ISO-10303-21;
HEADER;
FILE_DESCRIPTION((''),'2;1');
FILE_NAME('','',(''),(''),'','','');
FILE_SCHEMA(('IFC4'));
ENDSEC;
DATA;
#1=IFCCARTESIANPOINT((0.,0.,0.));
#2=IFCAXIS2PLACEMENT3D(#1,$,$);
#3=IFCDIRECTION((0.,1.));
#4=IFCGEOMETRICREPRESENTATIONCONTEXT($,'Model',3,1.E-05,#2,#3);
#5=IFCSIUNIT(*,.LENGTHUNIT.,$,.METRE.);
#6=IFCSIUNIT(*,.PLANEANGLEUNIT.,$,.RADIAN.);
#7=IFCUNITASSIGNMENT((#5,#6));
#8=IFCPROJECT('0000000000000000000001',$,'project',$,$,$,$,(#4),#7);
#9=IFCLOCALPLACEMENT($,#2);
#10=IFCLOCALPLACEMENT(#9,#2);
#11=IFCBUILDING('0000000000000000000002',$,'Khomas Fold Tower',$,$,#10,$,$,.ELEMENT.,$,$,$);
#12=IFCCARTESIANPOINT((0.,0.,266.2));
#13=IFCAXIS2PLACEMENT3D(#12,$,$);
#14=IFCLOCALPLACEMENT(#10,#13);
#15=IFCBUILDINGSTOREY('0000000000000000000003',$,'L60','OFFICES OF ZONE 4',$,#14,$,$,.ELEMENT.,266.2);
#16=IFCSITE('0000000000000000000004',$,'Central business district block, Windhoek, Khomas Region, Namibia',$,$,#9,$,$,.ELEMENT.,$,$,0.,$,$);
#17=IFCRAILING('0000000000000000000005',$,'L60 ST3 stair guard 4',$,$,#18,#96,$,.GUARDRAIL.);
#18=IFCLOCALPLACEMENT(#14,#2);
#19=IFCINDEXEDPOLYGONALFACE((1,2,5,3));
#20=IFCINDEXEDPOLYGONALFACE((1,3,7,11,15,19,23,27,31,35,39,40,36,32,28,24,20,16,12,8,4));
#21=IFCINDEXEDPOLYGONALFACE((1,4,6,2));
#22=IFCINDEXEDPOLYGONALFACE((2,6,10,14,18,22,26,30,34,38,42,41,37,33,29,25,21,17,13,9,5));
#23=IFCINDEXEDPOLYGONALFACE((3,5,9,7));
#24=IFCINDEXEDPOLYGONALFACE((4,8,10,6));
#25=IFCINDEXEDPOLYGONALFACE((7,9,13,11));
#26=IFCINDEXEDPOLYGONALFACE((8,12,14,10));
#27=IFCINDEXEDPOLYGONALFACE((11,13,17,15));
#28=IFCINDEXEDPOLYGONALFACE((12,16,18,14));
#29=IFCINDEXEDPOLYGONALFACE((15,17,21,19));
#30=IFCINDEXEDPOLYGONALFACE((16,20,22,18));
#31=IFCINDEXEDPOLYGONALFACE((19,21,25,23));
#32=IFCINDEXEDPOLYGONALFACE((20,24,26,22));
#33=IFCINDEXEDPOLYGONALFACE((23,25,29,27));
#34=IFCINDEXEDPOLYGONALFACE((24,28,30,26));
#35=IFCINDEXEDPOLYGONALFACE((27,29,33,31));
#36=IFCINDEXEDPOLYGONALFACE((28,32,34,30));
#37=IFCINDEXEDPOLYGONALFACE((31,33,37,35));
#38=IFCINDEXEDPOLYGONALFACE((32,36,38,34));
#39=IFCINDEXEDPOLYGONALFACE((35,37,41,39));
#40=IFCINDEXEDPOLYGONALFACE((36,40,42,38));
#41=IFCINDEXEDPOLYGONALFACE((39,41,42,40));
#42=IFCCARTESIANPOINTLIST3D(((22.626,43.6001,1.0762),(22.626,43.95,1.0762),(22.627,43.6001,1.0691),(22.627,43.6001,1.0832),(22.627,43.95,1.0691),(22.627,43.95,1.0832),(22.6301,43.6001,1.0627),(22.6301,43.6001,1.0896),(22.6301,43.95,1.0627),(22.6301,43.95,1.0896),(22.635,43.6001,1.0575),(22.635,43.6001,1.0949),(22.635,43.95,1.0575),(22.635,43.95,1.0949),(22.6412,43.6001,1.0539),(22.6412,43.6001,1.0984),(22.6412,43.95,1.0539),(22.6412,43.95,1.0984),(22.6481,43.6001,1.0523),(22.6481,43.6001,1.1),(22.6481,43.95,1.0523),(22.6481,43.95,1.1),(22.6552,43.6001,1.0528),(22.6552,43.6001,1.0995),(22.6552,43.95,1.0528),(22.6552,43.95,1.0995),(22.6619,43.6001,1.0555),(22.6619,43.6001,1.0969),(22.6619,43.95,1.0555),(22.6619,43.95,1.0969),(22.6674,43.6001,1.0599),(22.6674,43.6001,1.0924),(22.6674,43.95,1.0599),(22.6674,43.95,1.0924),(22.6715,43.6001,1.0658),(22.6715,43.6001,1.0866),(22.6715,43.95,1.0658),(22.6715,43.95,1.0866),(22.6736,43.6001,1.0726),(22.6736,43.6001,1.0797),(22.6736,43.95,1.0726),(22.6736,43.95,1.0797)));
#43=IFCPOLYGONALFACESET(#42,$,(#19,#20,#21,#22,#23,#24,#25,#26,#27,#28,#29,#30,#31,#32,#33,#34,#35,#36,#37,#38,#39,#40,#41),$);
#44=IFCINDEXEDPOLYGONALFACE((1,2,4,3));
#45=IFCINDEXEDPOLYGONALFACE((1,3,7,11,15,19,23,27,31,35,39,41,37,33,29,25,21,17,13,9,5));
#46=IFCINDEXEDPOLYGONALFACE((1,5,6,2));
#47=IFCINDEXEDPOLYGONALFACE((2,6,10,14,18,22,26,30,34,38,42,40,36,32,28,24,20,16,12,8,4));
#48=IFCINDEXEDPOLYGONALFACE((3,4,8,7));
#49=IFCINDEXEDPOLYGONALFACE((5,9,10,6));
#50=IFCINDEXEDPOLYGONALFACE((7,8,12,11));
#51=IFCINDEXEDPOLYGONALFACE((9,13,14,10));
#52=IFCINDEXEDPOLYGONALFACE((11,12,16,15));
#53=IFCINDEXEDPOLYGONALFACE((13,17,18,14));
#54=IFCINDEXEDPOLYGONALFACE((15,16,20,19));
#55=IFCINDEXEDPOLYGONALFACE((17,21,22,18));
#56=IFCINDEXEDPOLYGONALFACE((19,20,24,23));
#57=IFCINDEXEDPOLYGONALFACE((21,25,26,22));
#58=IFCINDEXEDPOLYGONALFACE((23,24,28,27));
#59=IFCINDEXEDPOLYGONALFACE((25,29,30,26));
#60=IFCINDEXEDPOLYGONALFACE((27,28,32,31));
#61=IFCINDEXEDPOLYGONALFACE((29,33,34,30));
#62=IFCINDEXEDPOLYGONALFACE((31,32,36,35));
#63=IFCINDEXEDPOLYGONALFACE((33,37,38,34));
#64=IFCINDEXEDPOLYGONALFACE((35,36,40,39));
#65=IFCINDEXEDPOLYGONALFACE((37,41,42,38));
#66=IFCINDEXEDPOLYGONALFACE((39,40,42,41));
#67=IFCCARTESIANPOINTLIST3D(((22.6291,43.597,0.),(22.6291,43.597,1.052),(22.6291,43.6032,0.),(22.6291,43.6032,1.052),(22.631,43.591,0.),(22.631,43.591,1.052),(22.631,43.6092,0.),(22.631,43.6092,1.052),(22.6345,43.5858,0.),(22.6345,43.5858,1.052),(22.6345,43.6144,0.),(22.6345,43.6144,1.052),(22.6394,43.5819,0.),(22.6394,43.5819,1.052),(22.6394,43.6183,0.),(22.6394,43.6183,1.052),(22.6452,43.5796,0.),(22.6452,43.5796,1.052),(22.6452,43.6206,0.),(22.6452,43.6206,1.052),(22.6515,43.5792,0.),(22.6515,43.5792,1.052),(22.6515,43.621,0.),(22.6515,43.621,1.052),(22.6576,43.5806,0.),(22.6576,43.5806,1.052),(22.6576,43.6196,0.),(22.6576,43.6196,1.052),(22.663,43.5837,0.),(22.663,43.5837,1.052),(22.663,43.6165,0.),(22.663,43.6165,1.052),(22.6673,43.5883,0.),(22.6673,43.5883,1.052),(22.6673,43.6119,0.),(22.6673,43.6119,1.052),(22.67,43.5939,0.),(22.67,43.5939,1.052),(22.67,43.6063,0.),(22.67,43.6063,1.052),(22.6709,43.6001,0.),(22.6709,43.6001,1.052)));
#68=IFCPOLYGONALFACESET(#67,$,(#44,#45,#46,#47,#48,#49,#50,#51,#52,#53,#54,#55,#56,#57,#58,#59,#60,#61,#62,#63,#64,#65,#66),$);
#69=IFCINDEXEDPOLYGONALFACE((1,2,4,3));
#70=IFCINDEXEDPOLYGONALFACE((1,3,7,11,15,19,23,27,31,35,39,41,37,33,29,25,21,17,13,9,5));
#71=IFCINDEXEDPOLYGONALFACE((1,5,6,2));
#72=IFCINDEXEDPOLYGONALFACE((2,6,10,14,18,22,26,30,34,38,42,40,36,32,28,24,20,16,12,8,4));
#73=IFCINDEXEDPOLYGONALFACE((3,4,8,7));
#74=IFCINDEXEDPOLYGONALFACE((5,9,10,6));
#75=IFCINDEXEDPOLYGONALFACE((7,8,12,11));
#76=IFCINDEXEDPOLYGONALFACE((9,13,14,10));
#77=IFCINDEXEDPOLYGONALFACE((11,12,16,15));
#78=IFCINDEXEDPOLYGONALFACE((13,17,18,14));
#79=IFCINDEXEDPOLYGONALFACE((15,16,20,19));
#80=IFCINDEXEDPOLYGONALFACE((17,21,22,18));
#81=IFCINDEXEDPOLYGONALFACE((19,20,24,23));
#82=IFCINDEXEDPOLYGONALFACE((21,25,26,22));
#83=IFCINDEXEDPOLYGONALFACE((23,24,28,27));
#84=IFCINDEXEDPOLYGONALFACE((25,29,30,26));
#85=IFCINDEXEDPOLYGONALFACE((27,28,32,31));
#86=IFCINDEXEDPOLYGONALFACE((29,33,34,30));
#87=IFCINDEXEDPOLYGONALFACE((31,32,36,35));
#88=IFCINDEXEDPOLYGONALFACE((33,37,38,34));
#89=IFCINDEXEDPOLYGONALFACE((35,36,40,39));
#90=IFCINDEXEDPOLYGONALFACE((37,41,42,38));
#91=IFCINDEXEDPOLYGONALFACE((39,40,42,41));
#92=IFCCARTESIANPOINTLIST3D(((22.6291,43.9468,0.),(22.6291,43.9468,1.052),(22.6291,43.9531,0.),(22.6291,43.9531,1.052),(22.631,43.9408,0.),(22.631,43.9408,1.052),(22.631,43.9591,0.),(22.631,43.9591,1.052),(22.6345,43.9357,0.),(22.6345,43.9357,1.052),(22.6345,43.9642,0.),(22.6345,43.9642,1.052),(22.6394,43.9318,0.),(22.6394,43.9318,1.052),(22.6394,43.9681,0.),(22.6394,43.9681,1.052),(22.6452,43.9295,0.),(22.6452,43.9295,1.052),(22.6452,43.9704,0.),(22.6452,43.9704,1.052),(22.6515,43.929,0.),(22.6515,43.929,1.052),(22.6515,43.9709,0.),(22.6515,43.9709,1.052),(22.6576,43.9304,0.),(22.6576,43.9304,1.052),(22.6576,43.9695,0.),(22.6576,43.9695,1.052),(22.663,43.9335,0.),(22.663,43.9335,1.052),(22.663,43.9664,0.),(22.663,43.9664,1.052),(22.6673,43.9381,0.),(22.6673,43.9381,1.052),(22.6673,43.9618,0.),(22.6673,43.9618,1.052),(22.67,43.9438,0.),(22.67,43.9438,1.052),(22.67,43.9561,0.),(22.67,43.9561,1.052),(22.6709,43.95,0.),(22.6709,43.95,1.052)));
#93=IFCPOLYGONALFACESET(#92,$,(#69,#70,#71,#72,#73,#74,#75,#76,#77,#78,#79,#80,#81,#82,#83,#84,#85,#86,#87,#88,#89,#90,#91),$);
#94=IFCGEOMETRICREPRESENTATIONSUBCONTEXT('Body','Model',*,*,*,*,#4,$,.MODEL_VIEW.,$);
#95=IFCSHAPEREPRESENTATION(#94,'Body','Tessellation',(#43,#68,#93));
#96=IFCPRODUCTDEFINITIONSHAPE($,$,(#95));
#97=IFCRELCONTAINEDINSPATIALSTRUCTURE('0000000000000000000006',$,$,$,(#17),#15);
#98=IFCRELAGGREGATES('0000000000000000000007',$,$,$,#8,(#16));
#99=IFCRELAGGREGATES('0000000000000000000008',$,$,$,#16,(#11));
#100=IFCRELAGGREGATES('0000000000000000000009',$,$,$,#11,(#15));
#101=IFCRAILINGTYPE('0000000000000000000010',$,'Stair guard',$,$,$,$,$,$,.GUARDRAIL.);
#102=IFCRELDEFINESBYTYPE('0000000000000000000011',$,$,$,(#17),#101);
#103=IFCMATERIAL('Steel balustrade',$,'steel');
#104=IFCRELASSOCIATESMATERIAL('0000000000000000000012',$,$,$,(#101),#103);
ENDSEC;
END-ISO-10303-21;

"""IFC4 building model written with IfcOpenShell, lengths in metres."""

from ifc_helpers import new_model, si_unit, direction, frame, origin, origin_2d, place, context, subcontext, project, spatial, circle, extrude, source, transform, mapped, material, type_object, element, save


model = new_model("IFC4")

# Units and contexts
model_context = context("Model", 3, precision=1e-05, world=origin(), true_north=direction((0.0, 1.0)))
body_context = subcontext(model_context, "Body", "Model", "MODEL_VIEW")
ifc_project = project(units=[si_unit("LENGTHUNIT", "METRE"), si_unit("PLANEANGLEUNIT", "RADIAN")], contexts=[model_context])

# Site, building, storey
site_placement = place(None, origin())
site = spatial("IfcSite", under=ifc_project, at=site_placement, Name="Central business district block, Windhoek, Khomas Region, Namibia", CompositionType="ELEMENT", RefElevation=0.0)
building_placement = place(site_placement, origin())
building = spatial("IfcBuilding", under=site, at=building_placement, Name="Khomas Fold Tower", CompositionType="ELEMENT")
storey_placement = place(building_placement, frame((0.0, 0.0, 266.2)))
storey = spatial("IfcBuildingStorey", under=building, at=storey_placement, Name="L60", Description="OFFICES OF ZONE 4", CompositionType="ELEMENT", Elevation=266.2)

# Railing
ifc_material_1 = material(Name="Steel balustrade", Category="steel")
railing_type_1 = type_object("IfcRailingType", Name="Stair guard", PredefinedType="GUARDRAIL", material=ifc_material_1)
shared_shape_1 = source(origin(), body_context, "Body", "SweptSolid", [
    extrude(circle(Radius=0.0239, at=origin_2d()), frame((0.0, 0.0, 1.0762), z_axis=(0.0, 1.0, 0.0), x_axis=(-1.0, 0.0, 0.0)), (0.0, 0.0, 1.0), 0.3499),
    extrude(circle(Radius=0.021, at=origin_2d()), origin(), (0.0, 0.0, 1.0), 1.052),
    extrude(circle(Radius=0.021, at=origin_2d()), frame((0.0, 0.3499, 0.0)), (0.0, 0.0, 1.0), 1.052),
])
for number, where, name in (
    (1, (22.6499, 43.6001, 0.0), "L60 ST3 stair guard 4"),
):
    element("IfcRailing", number, at=place(storey_placement, frame(where)), inside=storey, type_object=railing_type_1, Name=name, PredefinedType="GUARDRAIL", context=body_context, shape_type="MappedRepresentation", body=[
        mapped(shared_shape_1, transform((0.0, 0.0, 0.0))),
    ])

save(model, "model.ifc")
